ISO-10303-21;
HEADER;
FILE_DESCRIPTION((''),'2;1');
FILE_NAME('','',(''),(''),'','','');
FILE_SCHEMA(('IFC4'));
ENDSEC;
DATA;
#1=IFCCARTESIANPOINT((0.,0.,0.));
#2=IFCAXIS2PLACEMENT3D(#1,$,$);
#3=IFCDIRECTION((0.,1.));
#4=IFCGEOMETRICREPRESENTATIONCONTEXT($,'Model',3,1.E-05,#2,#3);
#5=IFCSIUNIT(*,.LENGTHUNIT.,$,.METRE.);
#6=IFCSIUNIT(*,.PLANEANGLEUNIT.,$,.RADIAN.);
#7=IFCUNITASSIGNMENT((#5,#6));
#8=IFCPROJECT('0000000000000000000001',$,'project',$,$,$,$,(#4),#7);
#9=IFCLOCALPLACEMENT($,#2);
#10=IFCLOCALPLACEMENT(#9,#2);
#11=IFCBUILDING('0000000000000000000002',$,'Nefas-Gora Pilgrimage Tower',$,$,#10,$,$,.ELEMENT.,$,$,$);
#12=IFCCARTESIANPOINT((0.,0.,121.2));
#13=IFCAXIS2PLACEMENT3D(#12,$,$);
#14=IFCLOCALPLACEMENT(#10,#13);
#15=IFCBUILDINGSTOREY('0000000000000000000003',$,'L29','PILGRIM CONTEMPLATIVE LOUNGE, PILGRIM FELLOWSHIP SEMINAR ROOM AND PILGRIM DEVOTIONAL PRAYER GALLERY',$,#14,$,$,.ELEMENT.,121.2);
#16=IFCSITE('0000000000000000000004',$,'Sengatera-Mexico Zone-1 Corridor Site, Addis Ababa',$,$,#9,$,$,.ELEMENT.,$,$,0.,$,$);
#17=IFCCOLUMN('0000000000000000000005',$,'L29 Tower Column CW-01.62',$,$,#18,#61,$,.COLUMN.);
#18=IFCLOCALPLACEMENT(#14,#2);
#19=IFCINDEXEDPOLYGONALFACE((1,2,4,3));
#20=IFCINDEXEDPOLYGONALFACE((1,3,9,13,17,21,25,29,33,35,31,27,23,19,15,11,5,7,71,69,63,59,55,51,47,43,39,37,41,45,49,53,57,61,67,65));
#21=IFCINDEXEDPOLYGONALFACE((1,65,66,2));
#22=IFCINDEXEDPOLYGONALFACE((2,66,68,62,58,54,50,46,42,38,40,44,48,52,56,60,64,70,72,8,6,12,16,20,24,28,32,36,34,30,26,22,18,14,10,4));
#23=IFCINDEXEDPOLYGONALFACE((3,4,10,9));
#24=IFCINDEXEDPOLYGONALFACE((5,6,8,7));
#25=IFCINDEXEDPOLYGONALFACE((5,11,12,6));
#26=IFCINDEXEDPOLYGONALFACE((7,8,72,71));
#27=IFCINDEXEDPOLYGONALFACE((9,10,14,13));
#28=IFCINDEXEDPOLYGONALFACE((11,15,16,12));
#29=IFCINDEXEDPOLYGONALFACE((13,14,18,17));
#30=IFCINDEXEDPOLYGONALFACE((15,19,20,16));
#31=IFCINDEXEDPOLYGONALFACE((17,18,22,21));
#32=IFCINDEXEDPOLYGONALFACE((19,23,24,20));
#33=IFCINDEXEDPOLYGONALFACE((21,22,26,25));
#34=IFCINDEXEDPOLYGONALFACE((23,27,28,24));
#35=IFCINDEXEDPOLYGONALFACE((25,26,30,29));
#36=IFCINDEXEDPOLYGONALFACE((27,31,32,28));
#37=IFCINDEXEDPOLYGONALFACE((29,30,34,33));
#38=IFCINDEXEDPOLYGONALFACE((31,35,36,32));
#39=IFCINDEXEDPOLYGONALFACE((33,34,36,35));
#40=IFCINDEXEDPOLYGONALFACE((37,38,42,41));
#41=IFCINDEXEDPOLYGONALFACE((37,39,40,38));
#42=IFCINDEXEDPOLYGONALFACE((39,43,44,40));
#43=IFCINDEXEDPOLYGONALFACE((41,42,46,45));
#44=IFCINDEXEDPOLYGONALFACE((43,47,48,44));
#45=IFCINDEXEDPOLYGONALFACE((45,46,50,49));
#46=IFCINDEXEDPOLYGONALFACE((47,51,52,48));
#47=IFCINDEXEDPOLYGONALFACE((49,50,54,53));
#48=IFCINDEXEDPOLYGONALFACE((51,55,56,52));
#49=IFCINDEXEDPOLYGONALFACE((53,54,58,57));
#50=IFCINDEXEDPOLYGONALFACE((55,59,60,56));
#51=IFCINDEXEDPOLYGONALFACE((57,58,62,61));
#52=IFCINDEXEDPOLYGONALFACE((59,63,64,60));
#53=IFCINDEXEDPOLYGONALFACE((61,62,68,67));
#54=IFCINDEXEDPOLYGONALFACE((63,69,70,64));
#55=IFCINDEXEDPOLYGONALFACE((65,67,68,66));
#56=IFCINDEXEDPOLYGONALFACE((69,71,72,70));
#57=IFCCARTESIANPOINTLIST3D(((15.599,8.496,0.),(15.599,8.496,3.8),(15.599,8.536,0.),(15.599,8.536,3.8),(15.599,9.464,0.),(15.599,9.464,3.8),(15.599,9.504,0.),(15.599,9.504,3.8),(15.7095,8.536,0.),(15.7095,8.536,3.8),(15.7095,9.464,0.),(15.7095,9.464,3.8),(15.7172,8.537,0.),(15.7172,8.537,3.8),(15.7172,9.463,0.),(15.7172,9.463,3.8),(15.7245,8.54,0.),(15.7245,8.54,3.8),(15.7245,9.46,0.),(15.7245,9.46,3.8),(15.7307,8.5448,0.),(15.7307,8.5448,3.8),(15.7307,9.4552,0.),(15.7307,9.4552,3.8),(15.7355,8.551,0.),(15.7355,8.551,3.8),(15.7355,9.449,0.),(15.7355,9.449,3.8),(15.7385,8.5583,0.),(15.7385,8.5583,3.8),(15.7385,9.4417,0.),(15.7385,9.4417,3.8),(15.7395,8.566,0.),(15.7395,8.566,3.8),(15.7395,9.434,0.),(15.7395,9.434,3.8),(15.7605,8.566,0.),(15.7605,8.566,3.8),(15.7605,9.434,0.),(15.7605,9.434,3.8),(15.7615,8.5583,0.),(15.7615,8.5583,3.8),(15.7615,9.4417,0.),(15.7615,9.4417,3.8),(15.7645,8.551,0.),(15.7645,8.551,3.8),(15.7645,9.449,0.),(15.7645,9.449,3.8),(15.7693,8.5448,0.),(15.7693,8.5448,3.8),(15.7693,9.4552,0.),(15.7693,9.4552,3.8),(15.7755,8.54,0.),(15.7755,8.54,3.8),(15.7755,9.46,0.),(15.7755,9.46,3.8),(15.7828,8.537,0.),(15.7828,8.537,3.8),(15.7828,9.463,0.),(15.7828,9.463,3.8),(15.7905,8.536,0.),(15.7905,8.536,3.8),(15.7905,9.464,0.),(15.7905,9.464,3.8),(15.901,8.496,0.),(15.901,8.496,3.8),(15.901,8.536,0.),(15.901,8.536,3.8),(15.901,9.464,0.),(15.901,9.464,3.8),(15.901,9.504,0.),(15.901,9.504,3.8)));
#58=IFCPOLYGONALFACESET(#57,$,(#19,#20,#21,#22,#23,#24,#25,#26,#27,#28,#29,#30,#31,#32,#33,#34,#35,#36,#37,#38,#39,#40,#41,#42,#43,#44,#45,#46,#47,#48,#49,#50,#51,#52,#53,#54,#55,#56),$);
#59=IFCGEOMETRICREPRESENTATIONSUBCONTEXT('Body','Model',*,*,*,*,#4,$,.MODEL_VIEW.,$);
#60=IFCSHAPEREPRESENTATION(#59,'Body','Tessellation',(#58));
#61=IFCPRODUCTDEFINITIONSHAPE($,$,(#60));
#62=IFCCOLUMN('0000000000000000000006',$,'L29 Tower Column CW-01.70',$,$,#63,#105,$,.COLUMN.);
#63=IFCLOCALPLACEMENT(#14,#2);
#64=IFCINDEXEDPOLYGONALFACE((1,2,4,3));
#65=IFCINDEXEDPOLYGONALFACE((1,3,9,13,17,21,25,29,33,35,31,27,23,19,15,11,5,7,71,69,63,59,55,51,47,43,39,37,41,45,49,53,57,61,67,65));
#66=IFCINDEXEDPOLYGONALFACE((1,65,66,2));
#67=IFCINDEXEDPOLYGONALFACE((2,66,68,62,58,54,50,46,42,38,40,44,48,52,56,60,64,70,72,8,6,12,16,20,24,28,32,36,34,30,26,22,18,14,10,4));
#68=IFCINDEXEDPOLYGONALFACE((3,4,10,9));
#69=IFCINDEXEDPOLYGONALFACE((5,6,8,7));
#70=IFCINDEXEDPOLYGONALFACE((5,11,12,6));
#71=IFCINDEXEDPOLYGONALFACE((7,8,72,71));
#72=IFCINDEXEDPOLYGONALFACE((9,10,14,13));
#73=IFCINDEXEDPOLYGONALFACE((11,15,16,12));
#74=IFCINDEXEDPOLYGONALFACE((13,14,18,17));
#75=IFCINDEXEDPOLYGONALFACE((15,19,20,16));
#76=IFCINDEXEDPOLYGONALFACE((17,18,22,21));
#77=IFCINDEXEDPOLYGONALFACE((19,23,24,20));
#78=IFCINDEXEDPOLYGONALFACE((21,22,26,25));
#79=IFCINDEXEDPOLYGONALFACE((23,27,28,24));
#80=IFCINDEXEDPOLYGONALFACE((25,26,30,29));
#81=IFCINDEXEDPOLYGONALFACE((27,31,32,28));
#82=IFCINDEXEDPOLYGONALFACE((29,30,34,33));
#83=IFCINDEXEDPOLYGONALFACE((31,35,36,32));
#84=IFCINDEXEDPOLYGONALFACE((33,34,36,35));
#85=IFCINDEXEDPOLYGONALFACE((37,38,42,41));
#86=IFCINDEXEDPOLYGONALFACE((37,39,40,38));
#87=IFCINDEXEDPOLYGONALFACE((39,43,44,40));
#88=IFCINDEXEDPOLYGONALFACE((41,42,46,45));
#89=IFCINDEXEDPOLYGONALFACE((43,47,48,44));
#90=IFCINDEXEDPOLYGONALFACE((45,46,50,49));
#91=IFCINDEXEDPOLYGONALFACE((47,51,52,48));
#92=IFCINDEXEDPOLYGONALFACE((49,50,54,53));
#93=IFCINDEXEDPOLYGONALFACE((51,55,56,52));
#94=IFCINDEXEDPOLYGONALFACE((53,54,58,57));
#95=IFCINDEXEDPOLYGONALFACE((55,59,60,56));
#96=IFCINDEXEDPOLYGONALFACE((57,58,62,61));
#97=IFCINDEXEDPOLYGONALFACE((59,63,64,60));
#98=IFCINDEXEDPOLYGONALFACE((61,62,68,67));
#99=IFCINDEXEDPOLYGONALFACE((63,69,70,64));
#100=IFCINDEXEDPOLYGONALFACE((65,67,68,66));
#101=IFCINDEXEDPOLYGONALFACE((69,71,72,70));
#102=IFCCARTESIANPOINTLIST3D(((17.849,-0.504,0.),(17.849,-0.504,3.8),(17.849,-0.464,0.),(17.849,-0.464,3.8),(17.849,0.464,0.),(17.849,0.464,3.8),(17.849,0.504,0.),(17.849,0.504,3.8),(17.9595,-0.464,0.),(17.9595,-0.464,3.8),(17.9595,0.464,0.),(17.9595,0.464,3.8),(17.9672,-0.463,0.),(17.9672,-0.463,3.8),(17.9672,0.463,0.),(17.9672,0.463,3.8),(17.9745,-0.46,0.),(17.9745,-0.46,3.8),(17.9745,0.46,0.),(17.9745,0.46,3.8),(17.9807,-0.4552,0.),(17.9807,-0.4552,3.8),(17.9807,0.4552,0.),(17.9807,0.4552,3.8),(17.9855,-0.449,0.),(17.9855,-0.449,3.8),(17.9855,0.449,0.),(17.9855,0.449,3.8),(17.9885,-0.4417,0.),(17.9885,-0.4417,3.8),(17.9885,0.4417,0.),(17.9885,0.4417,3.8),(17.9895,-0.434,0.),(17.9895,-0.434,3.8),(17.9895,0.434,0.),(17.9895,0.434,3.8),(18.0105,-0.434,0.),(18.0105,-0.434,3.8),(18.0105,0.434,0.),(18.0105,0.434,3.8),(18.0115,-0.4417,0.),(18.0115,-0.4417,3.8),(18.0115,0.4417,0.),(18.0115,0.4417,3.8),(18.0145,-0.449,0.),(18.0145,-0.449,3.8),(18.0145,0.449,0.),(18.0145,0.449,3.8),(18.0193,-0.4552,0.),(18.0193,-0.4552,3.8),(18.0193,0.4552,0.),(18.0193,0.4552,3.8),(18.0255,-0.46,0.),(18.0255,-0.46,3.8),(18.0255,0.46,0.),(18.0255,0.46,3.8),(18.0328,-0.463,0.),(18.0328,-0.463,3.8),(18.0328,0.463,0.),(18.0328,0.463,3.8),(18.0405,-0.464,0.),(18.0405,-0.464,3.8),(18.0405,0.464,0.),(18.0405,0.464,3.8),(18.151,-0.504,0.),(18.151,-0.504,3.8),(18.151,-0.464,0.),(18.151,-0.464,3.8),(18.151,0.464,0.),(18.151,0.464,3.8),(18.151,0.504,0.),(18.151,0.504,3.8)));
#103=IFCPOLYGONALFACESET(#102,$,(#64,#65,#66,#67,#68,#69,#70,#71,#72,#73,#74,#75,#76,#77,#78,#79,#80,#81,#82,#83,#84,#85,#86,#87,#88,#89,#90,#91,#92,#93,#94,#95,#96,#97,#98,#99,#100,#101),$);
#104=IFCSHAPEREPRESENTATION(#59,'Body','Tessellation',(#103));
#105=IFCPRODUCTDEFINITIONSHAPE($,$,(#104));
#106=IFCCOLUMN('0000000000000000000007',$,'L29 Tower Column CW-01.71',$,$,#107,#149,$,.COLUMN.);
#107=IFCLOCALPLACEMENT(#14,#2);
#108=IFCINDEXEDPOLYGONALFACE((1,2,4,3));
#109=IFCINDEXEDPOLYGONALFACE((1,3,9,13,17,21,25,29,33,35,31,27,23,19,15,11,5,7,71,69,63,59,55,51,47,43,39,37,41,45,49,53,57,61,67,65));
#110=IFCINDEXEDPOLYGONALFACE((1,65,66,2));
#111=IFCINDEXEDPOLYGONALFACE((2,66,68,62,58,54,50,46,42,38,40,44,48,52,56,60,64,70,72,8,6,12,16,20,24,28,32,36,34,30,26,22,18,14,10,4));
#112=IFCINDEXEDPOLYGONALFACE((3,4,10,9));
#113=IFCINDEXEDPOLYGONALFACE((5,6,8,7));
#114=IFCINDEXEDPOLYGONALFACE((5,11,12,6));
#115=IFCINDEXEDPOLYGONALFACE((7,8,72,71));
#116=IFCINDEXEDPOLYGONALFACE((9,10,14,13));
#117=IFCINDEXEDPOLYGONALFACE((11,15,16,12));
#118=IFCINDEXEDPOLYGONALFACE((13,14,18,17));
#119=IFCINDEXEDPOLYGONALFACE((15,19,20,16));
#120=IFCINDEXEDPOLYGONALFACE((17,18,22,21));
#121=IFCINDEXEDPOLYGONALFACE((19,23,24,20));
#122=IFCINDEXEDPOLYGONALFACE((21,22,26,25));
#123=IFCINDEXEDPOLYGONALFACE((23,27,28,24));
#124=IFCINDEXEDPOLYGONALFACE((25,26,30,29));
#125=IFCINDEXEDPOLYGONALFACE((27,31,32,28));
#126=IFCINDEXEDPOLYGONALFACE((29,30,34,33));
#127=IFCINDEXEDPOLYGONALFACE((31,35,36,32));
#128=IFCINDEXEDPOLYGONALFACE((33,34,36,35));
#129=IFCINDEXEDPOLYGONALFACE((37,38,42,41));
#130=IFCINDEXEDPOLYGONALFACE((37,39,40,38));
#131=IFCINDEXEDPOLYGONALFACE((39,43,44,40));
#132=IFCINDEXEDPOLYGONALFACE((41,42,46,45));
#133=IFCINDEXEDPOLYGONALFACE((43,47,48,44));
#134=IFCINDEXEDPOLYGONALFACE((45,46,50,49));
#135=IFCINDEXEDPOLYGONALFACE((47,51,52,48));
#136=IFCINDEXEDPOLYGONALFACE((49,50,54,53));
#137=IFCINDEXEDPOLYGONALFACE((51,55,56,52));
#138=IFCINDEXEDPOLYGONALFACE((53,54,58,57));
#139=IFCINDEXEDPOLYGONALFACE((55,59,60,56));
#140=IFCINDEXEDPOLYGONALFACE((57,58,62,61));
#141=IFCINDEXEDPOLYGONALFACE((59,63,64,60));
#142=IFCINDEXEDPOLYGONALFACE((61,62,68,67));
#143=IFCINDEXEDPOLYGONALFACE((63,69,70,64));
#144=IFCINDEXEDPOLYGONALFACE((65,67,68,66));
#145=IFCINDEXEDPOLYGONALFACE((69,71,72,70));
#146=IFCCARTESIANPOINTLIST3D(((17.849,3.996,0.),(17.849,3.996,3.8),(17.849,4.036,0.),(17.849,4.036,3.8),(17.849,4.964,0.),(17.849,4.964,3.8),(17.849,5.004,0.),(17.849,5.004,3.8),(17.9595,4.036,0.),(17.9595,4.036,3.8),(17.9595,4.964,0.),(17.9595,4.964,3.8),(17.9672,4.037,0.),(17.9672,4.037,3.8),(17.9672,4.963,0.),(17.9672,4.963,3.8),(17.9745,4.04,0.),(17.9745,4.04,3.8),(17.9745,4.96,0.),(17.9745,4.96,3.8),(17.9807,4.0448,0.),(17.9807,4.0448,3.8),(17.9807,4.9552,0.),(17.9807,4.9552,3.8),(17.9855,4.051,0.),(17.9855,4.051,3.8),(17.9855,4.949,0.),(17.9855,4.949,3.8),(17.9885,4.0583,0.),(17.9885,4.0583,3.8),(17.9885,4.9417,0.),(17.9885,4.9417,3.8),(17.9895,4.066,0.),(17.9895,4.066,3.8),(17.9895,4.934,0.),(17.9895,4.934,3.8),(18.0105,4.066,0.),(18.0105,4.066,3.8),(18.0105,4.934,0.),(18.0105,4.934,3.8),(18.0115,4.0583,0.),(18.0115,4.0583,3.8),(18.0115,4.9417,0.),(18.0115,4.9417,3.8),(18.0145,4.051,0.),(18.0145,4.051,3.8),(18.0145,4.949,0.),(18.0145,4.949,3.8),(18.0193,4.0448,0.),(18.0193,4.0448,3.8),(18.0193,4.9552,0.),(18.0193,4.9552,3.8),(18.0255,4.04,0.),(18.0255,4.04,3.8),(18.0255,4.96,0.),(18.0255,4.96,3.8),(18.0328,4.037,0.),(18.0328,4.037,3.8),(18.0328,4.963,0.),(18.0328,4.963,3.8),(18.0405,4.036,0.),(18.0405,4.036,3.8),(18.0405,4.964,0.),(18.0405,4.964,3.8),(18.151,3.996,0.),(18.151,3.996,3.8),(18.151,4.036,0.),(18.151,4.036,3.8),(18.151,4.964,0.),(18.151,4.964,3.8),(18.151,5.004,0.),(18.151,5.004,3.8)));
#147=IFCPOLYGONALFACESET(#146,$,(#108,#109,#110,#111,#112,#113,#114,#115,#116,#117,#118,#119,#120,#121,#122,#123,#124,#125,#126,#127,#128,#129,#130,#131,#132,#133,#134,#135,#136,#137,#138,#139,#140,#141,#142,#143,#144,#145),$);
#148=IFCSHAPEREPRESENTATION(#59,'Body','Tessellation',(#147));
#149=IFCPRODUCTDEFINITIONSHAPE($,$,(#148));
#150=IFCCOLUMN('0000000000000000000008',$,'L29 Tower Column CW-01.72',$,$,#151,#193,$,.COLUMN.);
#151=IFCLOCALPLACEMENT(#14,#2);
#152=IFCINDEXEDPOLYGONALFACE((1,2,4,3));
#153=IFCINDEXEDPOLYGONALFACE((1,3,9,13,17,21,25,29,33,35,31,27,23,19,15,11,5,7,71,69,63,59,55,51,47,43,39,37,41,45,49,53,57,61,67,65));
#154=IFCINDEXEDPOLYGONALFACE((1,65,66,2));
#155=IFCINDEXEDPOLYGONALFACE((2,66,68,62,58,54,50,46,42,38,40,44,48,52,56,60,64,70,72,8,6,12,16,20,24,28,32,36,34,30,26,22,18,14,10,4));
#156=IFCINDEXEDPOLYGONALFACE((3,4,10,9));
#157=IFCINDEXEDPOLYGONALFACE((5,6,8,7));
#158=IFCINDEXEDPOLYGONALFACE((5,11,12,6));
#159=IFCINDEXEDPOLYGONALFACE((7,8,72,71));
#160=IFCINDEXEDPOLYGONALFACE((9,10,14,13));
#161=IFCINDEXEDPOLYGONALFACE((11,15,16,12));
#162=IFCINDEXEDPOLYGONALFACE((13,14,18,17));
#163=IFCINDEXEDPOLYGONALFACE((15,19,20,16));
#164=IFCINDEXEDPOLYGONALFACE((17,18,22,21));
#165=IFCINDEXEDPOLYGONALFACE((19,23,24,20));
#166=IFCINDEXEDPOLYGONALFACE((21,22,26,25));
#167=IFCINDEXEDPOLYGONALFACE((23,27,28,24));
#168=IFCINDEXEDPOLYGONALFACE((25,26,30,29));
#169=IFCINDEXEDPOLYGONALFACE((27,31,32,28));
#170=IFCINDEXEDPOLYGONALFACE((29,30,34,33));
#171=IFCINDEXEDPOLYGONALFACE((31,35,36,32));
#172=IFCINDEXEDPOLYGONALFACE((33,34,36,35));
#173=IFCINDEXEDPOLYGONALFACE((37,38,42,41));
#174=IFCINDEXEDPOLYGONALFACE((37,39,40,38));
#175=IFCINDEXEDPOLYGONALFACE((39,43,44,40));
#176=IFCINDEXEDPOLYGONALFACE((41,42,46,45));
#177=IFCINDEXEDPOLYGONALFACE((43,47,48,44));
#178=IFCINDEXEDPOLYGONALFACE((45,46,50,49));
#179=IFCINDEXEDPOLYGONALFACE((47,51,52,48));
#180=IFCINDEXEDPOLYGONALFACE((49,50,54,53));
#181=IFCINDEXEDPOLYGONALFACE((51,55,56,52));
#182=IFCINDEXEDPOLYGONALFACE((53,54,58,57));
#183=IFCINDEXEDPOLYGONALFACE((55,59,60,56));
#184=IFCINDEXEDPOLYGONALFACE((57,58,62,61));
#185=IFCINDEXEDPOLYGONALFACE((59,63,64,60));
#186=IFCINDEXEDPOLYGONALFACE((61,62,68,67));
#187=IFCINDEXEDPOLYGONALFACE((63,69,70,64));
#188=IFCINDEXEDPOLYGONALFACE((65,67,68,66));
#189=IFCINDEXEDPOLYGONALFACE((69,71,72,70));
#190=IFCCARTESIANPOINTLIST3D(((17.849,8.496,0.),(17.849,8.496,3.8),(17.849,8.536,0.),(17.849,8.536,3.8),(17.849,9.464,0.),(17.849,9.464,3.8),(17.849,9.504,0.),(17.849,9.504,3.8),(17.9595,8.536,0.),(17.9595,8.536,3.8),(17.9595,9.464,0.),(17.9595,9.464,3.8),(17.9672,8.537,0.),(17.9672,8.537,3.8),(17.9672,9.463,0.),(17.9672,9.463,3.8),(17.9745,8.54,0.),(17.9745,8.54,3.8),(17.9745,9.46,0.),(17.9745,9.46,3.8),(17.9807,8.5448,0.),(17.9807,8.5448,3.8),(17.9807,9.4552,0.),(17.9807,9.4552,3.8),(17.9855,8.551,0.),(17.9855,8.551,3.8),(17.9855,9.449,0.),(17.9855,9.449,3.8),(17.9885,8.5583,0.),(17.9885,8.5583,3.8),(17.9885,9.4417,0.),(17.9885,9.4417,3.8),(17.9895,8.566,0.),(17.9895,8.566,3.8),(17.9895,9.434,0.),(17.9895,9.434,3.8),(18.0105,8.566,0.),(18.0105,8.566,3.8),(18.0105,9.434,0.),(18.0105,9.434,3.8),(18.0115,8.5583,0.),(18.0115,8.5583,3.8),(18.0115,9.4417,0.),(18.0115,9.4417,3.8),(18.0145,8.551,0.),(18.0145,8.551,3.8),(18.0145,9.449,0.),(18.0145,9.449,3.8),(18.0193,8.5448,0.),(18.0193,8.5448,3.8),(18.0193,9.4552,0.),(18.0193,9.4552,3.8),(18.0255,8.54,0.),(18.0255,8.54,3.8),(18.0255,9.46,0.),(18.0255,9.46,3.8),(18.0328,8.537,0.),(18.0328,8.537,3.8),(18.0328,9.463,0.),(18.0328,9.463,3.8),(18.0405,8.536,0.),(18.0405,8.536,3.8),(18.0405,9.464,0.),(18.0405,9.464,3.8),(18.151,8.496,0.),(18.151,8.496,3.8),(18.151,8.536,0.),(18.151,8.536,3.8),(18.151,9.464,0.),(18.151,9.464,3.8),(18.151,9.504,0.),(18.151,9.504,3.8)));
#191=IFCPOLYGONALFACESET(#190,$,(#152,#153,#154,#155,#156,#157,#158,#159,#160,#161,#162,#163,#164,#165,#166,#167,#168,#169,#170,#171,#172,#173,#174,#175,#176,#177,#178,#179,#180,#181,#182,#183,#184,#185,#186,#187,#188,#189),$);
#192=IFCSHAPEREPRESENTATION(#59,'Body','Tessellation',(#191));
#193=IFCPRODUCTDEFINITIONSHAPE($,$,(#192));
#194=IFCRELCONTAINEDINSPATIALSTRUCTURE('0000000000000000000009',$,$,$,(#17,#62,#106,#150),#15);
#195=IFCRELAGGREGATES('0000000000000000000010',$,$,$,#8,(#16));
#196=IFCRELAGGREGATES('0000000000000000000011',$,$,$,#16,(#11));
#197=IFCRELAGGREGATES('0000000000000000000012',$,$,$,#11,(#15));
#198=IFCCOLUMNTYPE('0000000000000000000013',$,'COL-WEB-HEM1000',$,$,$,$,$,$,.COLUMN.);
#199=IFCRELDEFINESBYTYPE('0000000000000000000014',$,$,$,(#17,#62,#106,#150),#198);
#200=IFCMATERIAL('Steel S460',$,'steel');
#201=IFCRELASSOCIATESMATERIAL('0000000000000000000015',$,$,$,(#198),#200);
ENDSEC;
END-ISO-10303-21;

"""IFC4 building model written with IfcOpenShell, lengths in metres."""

from ifc_helpers import new_model, si_unit, direction, frame, origin, origin_2d, place, context, subcontext, project, spatial, i_section, extrude, source, transform, mapped, material, material_profile, profile_set, type_object, element, save


model = new_model("IFC4")

# Units and contexts
model_context = context("Model", 3, precision=1e-05, world=origin(), true_north=direction((0.0, 1.0)))
body_context = subcontext(model_context, "Body", "Model", "MODEL_VIEW")
ifc_project = project(units=[si_unit("LENGTHUNIT", "METRE"), si_unit("PLANEANGLEUNIT", "RADIAN")], contexts=[model_context])

# Site, building, storey
site_placement = place(None, origin())
site = spatial("IfcSite", under=ifc_project, at=site_placement, Name="Sengatera-Mexico Zone-1 Corridor Site, Addis Ababa", CompositionType="ELEMENT", RefElevation=0.0)
building_placement = place(site_placement, origin())
building = spatial("IfcBuilding", under=site, at=building_placement, Name="Nefas-Gora Pilgrimage Tower", CompositionType="ELEMENT")
storey_placement = place(building_placement, frame((0.0, 0.0, 121.2)))
storey = spatial("IfcBuildingStorey", under=building, at=storey_placement, Name="L29", Description="PILGRIM CONTEMPLATIVE LOUNGE, PILGRIM FELLOWSHIP SEMINAR ROOM AND PILGRIM DEVOTIONAL PRAYER GALLERY", CompositionType="ELEMENT", Elevation=121.2)

# Columns
ifc_material_1 = material(Name="Steel S460", Category="steel")
ifc_material_profile_1 = material_profile(ifc_material_1, i_section(OverallWidth=0.302, OverallDepth=1.0081, WebThickness=0.021, FlangeThickness=0.04, FilletRadius=0.03, at=origin_2d()), Name="HEM 1000")
ifc_profile_set_1 = profile_set([ifc_material_profile_1], Name="Steel S460")
column_type_1 = type_object("IfcColumnType", Name="COL-WEB-HEM1000", PredefinedType="COLUMN", material=ifc_profile_set_1)
shared_shape_1 = source(origin(), body_context, "Body", "SweptSolid", [
    extrude(i_section(OverallWidth=0.302, OverallDepth=1.0081, WebThickness=0.021, FlangeThickness=0.04, FilletRadius=0.03, at=origin_2d()), origin(), (0.0, 0.0, 1.0), 3.8),
])
for number, where, z_axis, x_axis, name in (
    (1, (15.75, 9.0, 0.0), (0.0, 0.0, 1.0), (1.0, 0.0, 0.0), "L29 Tower Column CW-01.62"),
    (2, (18.0, 0.0, 0.0), (0.0, 0.0, 1.0), (1.0, 0.0, 0.0), "L29 Tower Column CW-01.70"),
    (3, (18.0, 4.5, 0.0), (0.0, 0.0, 1.0), (1.0, 0.0, 0.0), "L29 Tower Column CW-01.71"),
    (4, (18.0, 9.0, 0.0), (0.0, 0.0, 1.0), (1.0, 0.0, 0.0), "L29 Tower Column CW-01.72"),
):
    element("IfcColumn", number, at=place(storey_placement, frame(where, z_axis=z_axis, x_axis=x_axis)), inside=storey, type_object=column_type_1, Name=name, PredefinedType="COLUMN", context=body_context, shape_type="MappedRepresentation", body=[
        mapped(shared_shape_1, transform((0.0, 0.0, 0.0), x_axis=(1.0, 0.0, 0.0), y_axis=(0.0, 1.0, 0.0), z_axis=(0.0, 0.0, 1.0), scale=1.0)),
    ])

save(model, "model.ifc")
